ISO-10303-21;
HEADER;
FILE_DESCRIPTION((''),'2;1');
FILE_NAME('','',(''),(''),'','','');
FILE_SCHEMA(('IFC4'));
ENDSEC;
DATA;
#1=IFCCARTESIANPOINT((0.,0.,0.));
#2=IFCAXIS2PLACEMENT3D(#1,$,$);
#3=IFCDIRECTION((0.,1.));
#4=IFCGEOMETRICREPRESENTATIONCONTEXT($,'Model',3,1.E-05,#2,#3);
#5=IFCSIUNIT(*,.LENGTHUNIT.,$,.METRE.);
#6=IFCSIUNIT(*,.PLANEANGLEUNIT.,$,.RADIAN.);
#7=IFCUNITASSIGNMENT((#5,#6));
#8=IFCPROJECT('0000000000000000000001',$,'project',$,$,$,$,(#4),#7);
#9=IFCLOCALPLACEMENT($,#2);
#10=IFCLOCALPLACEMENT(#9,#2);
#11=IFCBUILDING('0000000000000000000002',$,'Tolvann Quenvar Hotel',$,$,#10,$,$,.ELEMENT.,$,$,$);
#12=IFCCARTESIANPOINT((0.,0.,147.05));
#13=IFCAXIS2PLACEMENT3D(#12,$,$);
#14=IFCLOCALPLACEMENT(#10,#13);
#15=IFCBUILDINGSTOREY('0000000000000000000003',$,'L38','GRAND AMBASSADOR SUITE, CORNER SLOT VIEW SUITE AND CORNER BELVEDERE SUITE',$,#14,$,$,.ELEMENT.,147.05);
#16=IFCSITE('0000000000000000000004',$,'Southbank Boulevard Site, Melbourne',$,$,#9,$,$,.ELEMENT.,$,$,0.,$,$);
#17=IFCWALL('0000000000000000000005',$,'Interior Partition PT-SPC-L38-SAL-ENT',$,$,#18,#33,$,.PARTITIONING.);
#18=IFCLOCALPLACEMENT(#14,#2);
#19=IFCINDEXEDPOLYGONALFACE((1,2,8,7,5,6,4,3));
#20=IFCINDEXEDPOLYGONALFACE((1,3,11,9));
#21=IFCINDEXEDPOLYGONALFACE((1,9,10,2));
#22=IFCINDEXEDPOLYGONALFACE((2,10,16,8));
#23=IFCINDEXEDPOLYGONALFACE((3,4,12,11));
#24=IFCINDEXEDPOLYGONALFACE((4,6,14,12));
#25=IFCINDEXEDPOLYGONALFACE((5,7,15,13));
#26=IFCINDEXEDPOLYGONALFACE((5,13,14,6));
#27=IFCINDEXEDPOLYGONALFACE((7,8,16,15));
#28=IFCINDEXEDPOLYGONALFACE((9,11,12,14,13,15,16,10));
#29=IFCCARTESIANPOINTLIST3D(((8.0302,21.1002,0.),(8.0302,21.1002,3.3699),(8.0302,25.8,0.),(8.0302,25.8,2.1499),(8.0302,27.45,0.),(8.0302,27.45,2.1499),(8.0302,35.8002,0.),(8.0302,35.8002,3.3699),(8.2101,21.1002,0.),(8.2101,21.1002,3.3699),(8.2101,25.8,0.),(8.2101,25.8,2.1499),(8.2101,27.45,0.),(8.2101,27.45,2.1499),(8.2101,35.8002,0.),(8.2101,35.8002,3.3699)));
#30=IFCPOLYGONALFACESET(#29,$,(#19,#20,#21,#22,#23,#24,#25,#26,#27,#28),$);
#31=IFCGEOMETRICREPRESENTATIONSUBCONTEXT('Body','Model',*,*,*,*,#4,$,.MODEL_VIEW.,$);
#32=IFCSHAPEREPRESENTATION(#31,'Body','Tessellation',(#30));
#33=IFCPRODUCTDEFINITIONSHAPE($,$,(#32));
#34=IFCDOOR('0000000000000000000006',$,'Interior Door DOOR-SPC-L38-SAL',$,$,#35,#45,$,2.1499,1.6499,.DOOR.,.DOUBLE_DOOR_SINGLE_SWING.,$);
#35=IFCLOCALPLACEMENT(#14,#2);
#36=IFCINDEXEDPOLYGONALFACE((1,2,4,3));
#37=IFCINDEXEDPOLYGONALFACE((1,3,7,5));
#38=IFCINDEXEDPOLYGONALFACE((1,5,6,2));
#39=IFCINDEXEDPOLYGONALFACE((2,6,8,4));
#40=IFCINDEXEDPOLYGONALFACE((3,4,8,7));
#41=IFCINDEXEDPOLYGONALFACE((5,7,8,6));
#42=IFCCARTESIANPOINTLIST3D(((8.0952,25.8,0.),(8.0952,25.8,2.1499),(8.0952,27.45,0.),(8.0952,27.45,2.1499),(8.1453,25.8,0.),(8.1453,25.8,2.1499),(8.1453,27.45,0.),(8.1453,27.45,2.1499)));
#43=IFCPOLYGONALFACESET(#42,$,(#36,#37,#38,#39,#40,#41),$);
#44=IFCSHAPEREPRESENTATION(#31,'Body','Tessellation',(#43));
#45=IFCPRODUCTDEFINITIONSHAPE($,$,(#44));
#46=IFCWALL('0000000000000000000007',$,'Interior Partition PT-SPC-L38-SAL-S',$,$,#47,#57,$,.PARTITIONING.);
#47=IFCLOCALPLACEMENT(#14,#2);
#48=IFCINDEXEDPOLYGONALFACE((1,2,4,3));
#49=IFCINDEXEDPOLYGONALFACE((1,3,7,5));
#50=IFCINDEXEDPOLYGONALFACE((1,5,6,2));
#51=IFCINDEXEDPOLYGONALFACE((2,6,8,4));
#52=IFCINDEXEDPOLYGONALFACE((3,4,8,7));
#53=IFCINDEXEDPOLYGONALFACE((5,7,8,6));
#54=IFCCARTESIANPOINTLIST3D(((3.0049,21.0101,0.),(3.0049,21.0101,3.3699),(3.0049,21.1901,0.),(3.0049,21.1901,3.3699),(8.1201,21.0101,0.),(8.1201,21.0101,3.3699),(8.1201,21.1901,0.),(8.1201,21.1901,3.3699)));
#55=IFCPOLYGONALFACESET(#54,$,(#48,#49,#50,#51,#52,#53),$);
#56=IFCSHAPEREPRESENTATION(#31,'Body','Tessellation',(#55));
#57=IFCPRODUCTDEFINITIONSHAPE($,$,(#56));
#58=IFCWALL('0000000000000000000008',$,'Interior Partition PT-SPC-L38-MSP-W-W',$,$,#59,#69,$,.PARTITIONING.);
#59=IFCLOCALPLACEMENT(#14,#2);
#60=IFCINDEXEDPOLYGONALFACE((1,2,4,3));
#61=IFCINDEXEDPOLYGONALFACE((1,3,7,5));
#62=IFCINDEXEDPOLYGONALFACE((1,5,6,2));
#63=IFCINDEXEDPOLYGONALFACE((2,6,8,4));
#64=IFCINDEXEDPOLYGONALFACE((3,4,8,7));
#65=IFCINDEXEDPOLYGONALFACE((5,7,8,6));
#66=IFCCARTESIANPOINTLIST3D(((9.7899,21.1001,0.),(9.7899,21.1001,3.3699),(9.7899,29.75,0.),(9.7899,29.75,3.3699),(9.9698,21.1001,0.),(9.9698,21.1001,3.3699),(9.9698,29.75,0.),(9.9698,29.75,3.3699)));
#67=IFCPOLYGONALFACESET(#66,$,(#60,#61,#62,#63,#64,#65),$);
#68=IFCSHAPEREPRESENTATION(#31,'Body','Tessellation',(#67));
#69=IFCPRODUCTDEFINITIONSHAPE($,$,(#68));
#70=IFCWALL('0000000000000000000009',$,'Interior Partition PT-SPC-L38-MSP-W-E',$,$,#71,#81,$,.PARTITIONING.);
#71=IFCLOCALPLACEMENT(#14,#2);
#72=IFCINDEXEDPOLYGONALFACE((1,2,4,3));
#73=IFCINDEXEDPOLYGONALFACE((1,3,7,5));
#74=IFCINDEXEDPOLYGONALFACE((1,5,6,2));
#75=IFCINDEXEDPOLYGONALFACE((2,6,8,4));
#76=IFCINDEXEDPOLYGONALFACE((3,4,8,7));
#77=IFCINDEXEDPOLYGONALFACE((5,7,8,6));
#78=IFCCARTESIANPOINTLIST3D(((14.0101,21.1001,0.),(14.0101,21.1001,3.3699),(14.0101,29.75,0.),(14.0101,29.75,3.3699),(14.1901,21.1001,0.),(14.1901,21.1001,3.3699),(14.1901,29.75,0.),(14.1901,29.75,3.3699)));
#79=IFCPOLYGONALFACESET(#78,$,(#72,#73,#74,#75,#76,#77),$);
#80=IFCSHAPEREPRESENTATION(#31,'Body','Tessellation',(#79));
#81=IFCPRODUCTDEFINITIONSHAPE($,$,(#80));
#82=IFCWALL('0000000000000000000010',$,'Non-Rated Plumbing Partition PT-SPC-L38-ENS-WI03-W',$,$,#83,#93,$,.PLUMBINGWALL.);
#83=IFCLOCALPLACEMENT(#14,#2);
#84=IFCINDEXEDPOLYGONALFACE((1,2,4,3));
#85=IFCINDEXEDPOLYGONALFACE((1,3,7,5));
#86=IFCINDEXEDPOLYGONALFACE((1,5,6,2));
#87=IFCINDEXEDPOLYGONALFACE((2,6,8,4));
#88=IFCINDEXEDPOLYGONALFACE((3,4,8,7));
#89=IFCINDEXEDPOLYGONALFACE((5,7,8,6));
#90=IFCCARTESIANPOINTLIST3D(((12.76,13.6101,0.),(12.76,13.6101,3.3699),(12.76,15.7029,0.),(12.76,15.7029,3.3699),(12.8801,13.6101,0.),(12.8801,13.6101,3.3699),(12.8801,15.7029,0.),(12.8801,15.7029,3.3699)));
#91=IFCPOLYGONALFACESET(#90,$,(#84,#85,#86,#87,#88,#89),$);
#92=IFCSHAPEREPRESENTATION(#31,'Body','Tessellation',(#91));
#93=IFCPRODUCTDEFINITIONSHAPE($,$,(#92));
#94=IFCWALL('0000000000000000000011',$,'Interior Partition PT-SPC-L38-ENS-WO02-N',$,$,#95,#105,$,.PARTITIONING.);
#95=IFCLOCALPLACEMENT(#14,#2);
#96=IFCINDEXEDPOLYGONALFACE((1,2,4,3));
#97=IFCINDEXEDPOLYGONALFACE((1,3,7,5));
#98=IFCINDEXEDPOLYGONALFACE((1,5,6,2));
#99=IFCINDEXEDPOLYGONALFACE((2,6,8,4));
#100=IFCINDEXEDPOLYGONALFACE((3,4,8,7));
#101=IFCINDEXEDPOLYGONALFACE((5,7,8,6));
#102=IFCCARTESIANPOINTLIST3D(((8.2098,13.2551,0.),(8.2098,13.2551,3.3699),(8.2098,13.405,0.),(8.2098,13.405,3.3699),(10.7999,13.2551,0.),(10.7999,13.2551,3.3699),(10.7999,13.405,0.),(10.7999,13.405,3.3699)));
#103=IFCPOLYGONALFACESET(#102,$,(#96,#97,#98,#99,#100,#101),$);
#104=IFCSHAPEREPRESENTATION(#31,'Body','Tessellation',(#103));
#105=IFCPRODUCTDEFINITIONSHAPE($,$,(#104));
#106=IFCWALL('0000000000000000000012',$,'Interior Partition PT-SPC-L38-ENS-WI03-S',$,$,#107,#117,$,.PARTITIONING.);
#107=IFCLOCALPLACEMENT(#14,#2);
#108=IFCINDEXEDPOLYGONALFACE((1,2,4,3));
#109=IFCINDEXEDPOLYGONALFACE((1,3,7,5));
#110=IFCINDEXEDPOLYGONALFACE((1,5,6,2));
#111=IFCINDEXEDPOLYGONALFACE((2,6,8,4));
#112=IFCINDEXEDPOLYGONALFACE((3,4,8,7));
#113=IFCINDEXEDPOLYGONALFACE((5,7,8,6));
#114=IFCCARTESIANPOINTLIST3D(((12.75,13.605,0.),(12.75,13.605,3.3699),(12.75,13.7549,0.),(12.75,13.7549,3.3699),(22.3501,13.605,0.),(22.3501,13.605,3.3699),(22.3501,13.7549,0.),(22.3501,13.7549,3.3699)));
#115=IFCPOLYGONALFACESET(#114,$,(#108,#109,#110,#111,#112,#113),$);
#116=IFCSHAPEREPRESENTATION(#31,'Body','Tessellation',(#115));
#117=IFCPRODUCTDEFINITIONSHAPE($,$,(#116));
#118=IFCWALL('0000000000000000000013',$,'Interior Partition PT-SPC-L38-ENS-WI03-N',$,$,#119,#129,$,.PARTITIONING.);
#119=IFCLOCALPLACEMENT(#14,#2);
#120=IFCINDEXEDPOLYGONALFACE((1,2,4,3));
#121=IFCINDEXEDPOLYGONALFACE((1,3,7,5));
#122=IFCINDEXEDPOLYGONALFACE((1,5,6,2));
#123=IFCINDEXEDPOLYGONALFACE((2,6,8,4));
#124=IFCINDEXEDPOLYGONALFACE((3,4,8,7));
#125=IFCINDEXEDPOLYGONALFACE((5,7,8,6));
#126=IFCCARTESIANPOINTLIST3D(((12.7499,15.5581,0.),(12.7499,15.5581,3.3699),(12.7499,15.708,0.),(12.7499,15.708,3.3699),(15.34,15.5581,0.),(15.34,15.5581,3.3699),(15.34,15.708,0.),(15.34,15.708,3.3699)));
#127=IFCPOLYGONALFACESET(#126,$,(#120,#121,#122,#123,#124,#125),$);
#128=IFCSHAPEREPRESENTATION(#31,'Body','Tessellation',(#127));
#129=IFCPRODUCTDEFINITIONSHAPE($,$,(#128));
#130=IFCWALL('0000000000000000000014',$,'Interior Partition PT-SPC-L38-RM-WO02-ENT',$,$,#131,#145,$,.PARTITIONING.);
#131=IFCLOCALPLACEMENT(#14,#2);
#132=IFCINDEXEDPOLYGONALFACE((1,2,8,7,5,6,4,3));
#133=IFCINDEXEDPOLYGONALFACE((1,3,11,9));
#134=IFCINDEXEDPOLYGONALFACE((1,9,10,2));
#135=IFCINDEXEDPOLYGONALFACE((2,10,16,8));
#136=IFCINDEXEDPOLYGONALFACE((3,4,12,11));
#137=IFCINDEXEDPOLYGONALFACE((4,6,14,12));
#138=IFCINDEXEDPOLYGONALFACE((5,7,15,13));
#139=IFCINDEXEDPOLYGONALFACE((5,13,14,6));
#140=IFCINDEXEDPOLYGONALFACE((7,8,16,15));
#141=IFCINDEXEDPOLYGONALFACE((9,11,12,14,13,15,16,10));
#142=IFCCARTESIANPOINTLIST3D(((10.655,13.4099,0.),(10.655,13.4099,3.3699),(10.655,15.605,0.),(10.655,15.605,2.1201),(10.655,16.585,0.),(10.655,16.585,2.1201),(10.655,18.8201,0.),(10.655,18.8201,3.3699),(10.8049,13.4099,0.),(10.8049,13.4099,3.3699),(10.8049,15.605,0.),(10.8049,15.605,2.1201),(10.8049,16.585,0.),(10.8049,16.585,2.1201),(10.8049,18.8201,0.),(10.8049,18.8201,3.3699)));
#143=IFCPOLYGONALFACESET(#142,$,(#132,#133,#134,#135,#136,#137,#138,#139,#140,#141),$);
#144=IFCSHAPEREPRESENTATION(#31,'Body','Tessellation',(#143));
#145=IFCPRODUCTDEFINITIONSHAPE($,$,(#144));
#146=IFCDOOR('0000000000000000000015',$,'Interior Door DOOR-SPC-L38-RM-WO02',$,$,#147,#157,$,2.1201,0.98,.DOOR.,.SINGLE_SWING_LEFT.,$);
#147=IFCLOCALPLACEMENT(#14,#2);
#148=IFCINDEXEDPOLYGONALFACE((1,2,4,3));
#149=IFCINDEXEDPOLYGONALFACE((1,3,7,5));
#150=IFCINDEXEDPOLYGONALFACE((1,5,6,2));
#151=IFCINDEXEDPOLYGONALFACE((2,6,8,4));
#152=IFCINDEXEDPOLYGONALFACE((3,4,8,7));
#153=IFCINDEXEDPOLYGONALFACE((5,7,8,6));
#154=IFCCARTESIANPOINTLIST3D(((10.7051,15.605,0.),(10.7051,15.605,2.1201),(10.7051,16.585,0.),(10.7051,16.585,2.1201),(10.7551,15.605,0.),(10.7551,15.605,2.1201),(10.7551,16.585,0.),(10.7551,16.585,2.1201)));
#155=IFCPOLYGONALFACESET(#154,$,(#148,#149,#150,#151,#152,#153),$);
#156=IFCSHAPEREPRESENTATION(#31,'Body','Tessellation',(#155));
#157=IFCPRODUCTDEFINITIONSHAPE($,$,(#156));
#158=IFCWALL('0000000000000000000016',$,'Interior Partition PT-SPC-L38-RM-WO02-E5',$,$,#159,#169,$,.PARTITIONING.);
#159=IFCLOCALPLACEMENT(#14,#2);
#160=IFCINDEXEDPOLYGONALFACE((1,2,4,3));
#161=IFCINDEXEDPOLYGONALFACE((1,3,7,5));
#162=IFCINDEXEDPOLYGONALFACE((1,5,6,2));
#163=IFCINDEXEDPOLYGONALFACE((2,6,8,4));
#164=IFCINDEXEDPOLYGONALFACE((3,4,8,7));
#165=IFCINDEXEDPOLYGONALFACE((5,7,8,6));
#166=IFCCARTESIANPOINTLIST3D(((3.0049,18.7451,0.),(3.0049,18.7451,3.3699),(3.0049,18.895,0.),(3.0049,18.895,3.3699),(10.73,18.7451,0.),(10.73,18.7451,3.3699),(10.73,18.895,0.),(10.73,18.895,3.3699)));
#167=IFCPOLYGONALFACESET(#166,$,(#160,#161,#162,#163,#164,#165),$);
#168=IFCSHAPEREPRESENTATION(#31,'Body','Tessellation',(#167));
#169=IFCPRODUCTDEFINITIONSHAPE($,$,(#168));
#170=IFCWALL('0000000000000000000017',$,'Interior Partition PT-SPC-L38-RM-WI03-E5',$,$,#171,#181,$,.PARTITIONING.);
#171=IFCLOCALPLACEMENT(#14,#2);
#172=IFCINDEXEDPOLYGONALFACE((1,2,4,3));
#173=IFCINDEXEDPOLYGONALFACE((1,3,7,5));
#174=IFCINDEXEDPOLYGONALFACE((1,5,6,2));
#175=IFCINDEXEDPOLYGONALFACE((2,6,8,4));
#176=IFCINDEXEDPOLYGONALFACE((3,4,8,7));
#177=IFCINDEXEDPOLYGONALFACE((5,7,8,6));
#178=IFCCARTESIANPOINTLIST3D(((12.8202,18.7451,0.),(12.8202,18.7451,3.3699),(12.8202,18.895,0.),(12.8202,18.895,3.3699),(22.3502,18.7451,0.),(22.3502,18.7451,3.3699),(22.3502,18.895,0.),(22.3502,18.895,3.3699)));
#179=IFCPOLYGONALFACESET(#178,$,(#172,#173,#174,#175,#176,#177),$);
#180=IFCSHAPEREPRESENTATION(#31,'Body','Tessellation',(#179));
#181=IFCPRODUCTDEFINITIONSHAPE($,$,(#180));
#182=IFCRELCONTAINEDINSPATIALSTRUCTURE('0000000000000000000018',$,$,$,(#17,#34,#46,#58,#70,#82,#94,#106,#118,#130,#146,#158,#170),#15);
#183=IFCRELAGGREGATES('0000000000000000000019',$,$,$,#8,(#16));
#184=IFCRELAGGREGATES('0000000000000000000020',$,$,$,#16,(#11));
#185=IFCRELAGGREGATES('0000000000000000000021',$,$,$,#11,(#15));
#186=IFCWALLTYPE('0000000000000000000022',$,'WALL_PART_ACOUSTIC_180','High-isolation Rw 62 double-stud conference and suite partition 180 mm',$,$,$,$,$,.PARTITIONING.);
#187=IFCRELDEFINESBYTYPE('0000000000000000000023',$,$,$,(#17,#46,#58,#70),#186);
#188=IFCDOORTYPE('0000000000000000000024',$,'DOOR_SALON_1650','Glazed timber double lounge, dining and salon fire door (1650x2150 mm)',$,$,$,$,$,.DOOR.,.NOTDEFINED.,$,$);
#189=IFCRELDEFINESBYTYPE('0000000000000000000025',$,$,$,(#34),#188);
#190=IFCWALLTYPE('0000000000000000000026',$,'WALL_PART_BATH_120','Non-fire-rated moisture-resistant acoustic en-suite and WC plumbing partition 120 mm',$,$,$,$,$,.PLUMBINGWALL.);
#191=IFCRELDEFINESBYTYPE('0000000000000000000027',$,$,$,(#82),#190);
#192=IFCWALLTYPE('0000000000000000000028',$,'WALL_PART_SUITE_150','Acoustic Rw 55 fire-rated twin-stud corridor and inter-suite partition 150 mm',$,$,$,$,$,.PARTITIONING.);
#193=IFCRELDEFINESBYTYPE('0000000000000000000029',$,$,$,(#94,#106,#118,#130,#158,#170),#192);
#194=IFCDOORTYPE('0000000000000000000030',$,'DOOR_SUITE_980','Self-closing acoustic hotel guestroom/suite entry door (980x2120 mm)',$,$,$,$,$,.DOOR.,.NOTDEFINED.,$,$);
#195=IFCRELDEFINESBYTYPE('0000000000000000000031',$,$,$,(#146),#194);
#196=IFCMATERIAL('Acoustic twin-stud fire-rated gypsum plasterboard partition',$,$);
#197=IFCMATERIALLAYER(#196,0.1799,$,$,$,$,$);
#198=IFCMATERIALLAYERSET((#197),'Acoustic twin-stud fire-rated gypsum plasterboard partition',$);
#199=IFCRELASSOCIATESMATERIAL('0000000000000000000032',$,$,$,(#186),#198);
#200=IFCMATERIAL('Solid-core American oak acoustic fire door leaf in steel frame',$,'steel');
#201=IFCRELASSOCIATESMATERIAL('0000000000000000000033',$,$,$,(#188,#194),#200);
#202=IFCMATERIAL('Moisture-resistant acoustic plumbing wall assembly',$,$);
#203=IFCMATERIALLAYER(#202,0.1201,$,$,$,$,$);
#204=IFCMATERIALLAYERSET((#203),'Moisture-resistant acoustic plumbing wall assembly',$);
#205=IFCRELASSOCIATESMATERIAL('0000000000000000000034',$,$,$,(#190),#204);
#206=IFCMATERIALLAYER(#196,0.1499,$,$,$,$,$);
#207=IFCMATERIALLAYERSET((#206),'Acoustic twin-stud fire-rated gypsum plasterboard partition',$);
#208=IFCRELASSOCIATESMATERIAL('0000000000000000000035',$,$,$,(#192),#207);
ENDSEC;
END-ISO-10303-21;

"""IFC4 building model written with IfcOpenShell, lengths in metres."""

from ifc_helpers import new_model, si_unit, direction, frame, frame_2d, origin, place, context, subcontext, project, spatial, rectangle, extrude, source, transform, mapped, material, layer, layer_set, type_object, type_shapes, element, fill, save


model = new_model("IFC4")

# Units and contexts
model_context = context("Model", 3, precision=1e-05, world=origin(), true_north=direction((0.0, 1.0)))
body_context = subcontext(model_context, "Body", "Model", "MODEL_VIEW")
ifc_project = project(units=[si_unit("LENGTHUNIT", "METRE"), si_unit("PLANEANGLEUNIT", "RADIAN")], contexts=[model_context])

# Site, building, storey
site_placement = place(None, origin())
site = spatial("IfcSite", under=ifc_project, at=site_placement, Name="Southbank Boulevard Site, Melbourne", CompositionType="ELEMENT", RefElevation=0.0)
building_placement = place(site_placement, origin())
building = spatial("IfcBuilding", under=site, at=building_placement, Name="Tolvann Quenvar Hotel", CompositionType="ELEMENT")
storey_placement = place(building_placement, frame((0.0, 0.0, 147.05)))
storey = spatial("IfcBuildingStorey", under=building, at=storey_placement, Name="L38", Description="GRAND AMBASSADOR SUITE, CORNER SLOT VIEW SUITE AND CORNER BELVEDERE SUITE", CompositionType="ELEMENT", Elevation=147.05)

# Wall, opening, door
ifc_material_1 = material(Name="Acoustic twin-stud fire-rated gypsum plasterboard partition")
ifc_layer_1 = layer(ifc_material_1, 0.1799)
ifc_layer_set_1 = layer_set([ifc_layer_1], Name="Acoustic twin-stud fire-rated gypsum plasterboard partition")
wall_type_1 = type_object("IfcWallType", Name="WALL_PART_ACOUSTIC_180", Description="High-isolation Rw 62 double-stud conference and suite partition 180 mm", PredefinedType="PARTITIONING", material=ifc_layer_set_1)
wall_1_placement = place(storey_placement, frame((8.1201, 21.1001, 0.0), z_axis=(0.0, 0.0, 1.0), x_axis=(0.0, 1.0, 0.0)))
wall_1 = element("IfcWall", 1, at=wall_1_placement, inside=storey, type_object=wall_type_1, Name="Interior Partition PT-SPC-L38-SAL-ENT", PredefinedType="PARTITIONING", context=body_context, shape_type="SweptSolid", body=[
    extrude(rectangle(XDim=14.7, YDim=0.1799, at=frame_2d((7.3501, 0.0))), origin(), (0.0, 0.0, 1.0), 3.3699),
])
opening_1_placement = place(wall_1_placement, frame((4.7, 0.0, 0.0)))
opening_1 = element("IfcOpeningElement", 2, at=opening_1_placement, cuts=wall_1, PredefinedType="OPENING", context=body_context, shape_type="SweptSolid", body=[
    extrude(rectangle(XDim=1.6499, YDim=2.1499, at=frame_2d((0.825, 1.075))), frame((0.0, 0.1001, 0.0), z_axis=(0.0, -1.0, 0.0), x_axis=(1.0, 0.0, 0.0)), (0.0, 0.0, 1.0), 0.2),
])
ifc_material_2 = material(Name="Solid-core American oak acoustic fire door leaf in steel frame", Category="steel")
door_type_1 = type_object("IfcDoorType", Name="DOOR_SALON_1650", Description="Glazed timber double lounge, dining and salon fire door (1650x2150 mm)", OperationType="NOTDEFINED", PredefinedType="DOOR", material=ifc_material_2)
shared_shape_1 = source(origin(), body_context, "Body", "SweptSolid", [
    extrude(rectangle(XDim=1.6499, YDim=2.1499, at=frame_2d((0.825, 1.075))), frame((0.0, 0.0249, 0.0), z_axis=(0.0, -1.0, 0.0), x_axis=(1.0, 0.0, 0.0)), (0.0, 0.0, 1.0), 0.05),
])
type_shapes(door_type_1, [shared_shape_1])
door_1_placement = place(opening_1_placement, origin())
door_1 = element("IfcDoor", 3, at=door_1_placement, inside=storey, type_object=door_type_1, Name="Interior Door DOOR-SPC-L38-SAL", OperationType="DOUBLE_DOOR_SINGLE_SWING", OverallHeight=2.1499, OverallWidth=1.6499, PredefinedType="DOOR", context=body_context, shape_type="MappedRepresentation", body=[
    mapped(shared_shape_1, transform((0.0, 0.0, 0.0), x_axis=(1.0, 0.0, 0.0), y_axis=(0.0, 1.0, 0.0), z_axis=(0.0, 0.0, 1.0), scale=1.0)),
])
fill(opening_1, door_1)

# Wall
wall_2_placement = place(storey_placement, frame((3.0049, 21.1001, 0.0), z_axis=(0.0, 0.0, 1.0), x_axis=(1.0, 0.0, 0.0)))
element("IfcWall", 4, at=wall_2_placement, inside=storey, type_object=wall_type_1, Name="Interior Partition PT-SPC-L38-SAL-S", PredefinedType="PARTITIONING", context=body_context, shape_type="SweptSolid", body=[
    extrude(rectangle(XDim=5.1152, YDim=0.1799, at=frame_2d((2.5576, 0.0))), origin(), (0.0, 0.0, 1.0), 3.3699),
])

# Walls
for number, where, z_axis, x_axis, name in (
    (5, (9.8799, 21.1001, 0.0), (0.0, 0.0, 1.0), (0.0, 1.0, 0.0), "Interior Partition PT-SPC-L38-MSP-W-W"),
    (6, (14.1001, 21.1001, 0.0), (0.0, 0.0, 1.0), (0.0, 1.0, 0.0), "Interior Partition PT-SPC-L38-MSP-W-E"),
):
    element("IfcWall", number, at=place(storey_placement, frame(where, z_axis=z_axis, x_axis=x_axis)), inside=storey, type_object=wall_type_1, Name=name, PredefinedType="PARTITIONING", context=body_context, shape_type="SweptSolid", body=[
        extrude(rectangle(XDim=8.6499, YDim=0.1799, at=frame_2d((4.325, 0.0))), origin(), (0.0, 0.0, 1.0), 3.3699),
    ])
ifc_material_3 = material(Name="Moisture-resistant acoustic plumbing wall assembly")
ifc_layer_2 = layer(ifc_material_3, 0.1201)
ifc_layer_set_2 = layer_set([ifc_layer_2], Name="Moisture-resistant acoustic plumbing wall assembly")
wall_type_2 = type_object("IfcWallType", Name="WALL_PART_BATH_120", Description="Non-fire-rated moisture-resistant acoustic en-suite and WC plumbing partition 120 mm", PredefinedType="PLUMBINGWALL", material=ifc_layer_set_2)
wall_3_placement = place(storey_placement, frame((12.8201, 13.6101, 0.0), z_axis=(0.0, 0.0, 1.0), x_axis=(0.0, 1.0, 0.0)))
element("IfcWall", 7, at=wall_3_placement, inside=storey, type_object=wall_type_2, Name="Non-Rated Plumbing Partition PT-SPC-L38-ENS-WI03-W", PredefinedType="PLUMBINGWALL", context=body_context, shape_type="SweptSolid", body=[
    extrude(rectangle(XDim=2.0928, YDim=0.1201, at=frame_2d((1.0464, 0.0))), origin(), (0.0, 0.0, 1.0), 3.3699),
])
ifc_layer_3 = layer(ifc_material_1, 0.1499)
ifc_layer_set_3 = layer_set([ifc_layer_3], Name="Acoustic twin-stud fire-rated gypsum plasterboard partition")
wall_type_3 = type_object("IfcWallType", Name="WALL_PART_SUITE_150", Description="Acoustic Rw 55 fire-rated twin-stud corridor and inter-suite partition 150 mm", PredefinedType="PARTITIONING", material=ifc_layer_set_3)
wall_4_placement = place(storey_placement, frame((8.21, 13.3301, 0.0), z_axis=(0.0, 0.0, 1.0), x_axis=(1.0, 0.0, 0.0)))
element("IfcWall", 8, at=wall_4_placement, inside=storey, type_object=wall_type_3, Name="Interior Partition PT-SPC-L38-ENS-WO02-N", PredefinedType="PARTITIONING", context=body_context, shape_type="SweptSolid", body=[
    extrude(rectangle(XDim=2.5901, YDim=0.1499, at=frame_2d((1.2949, 0.0))), origin(), (0.0, 0.0, 1.0), 3.3699),
])
wall_5_placement = place(storey_placement, frame((12.75, 13.6799, 0.0), z_axis=(0.0, 0.0, 1.0), x_axis=(1.0, 0.0, 0.0)))
element("IfcWall", 9, at=wall_5_placement, inside=storey, type_object=wall_type_3, Name="Interior Partition PT-SPC-L38-ENS-WI03-S", PredefinedType="PARTITIONING", context=body_context, shape_type="SweptSolid", body=[
    extrude(rectangle(XDim=9.6001, YDim=0.1499, at=frame_2d((4.8, 0.0))), origin(), (0.0, 0.0, 1.0), 3.3699),
])
wall_6_placement = place(storey_placement, frame((12.75, 15.6331, 0.0), z_axis=(0.0, 0.0, 1.0), x_axis=(1.0, 0.0, 0.0)))
element("IfcWall", 10, at=wall_6_placement, inside=storey, type_object=wall_type_3, Name="Interior Partition PT-SPC-L38-ENS-WI03-N", PredefinedType="PARTITIONING", context=body_context, shape_type="SweptSolid", body=[
    extrude(rectangle(XDim=2.5901, YDim=0.1499, at=frame_2d((1.2949, 0.0))), origin(), (0.0, 0.0, 1.0), 3.3699),
])

# Wall, opening, door
wall_7_placement = place(storey_placement, frame((10.73, 13.4099, 0.0), z_axis=(0.0, 0.0, 1.0), x_axis=(0.0, 1.0, 0.0)))
wall_7 = element("IfcWall", 11, at=wall_7_placement, inside=storey, type_object=wall_type_3, Name="Interior Partition PT-SPC-L38-RM-WO02-ENT", PredefinedType="PARTITIONING", context=body_context, shape_type="SweptSolid", body=[
    extrude(rectangle(XDim=5.4102, YDim=0.1499, at=frame_2d((2.7051, 0.0))), origin(), (0.0, 0.0, 1.0), 3.3699),
])
opening_2_placement = place(wall_7_placement, frame((2.1951, 0.0, 0.0)))
opening_2 = element("IfcOpeningElement", 12, at=opening_2_placement, cuts=wall_7, PredefinedType="OPENING", context=body_context, shape_type="SweptSolid", body=[
    extrude(rectangle(XDim=0.98, YDim=2.1201, at=frame_2d((0.49, 1.0601))), frame((0.0, 0.085, 0.0), z_axis=(0.0, -1.0, 0.0), x_axis=(1.0, 0.0, 0.0)), (0.0, 0.0, 1.0), 0.1699),
])
door_type_2 = type_object("IfcDoorType", Name="DOOR_SUITE_980", Description="Self-closing acoustic hotel guestroom/suite entry door (980x2120 mm)", OperationType="NOTDEFINED", PredefinedType="DOOR", material=ifc_material_2)
shared_shape_2 = source(origin(), body_context, "Body", "SweptSolid", [
    extrude(rectangle(XDim=0.98, YDim=2.1201, at=frame_2d((0.49, 1.0601))), frame((0.0, 0.0249, 0.0), z_axis=(0.0, -1.0, 0.0), x_axis=(1.0, 0.0, 0.0)), (0.0, 0.0, 1.0), 0.05),
])
type_shapes(door_type_2, [shared_shape_2])
door_2_placement = place(opening_2_placement, origin())
door_2 = element("IfcDoor", 13, at=door_2_placement, inside=storey, type_object=door_type_2, Name="Interior Door DOOR-SPC-L38-RM-WO02", OperationType="SINGLE_SWING_LEFT", OverallHeight=2.1201, OverallWidth=0.98, PredefinedType="DOOR", context=body_context, shape_type="MappedRepresentation", body=[
    mapped(shared_shape_2, transform((0.0, 0.0, 0.0), x_axis=(1.0, 0.0, 0.0), y_axis=(0.0, 1.0, 0.0), z_axis=(0.0, 0.0, 1.0), scale=1.0)),
])
fill(opening_2, door_2)

# Wall
wall_8_placement = place(storey_placement, frame((3.0049, 18.8201, 0.0), z_axis=(0.0, 0.0, 1.0), x_axis=(1.0, 0.0, 0.0)))
element("IfcWall", 14, at=wall_8_placement, inside=storey, type_object=wall_type_3, Name="Interior Partition PT-SPC-L38-RM-WO02-E5", PredefinedType="PARTITIONING", context=body_context, shape_type="SweptSolid", body=[
    extrude(rectangle(XDim=7.7251, YDim=0.1499, at=frame_2d((3.8625, 0.0))), origin(), (0.0, 0.0, 1.0), 3.3699),
])

# Wall
wall_9_placement = place(storey_placement, frame((12.8201, 18.8201, 0.0), z_axis=(0.0, 0.0, 1.0), x_axis=(1.0, 0.0, 0.0)))
element("IfcWall", 15, at=wall_9_placement, inside=storey, type_object=wall_type_3, Name="Interior Partition PT-SPC-L38-RM-WI03-E5", PredefinedType="PARTITIONING", context=body_context, shape_type="SweptSolid", body=[
    extrude(rectangle(XDim=9.53, YDim=0.1499, at=frame_2d((4.7651, 0.0))), origin(), (0.0, 0.0, 1.0), 3.3699),
])

save(model, "model.ifc")
